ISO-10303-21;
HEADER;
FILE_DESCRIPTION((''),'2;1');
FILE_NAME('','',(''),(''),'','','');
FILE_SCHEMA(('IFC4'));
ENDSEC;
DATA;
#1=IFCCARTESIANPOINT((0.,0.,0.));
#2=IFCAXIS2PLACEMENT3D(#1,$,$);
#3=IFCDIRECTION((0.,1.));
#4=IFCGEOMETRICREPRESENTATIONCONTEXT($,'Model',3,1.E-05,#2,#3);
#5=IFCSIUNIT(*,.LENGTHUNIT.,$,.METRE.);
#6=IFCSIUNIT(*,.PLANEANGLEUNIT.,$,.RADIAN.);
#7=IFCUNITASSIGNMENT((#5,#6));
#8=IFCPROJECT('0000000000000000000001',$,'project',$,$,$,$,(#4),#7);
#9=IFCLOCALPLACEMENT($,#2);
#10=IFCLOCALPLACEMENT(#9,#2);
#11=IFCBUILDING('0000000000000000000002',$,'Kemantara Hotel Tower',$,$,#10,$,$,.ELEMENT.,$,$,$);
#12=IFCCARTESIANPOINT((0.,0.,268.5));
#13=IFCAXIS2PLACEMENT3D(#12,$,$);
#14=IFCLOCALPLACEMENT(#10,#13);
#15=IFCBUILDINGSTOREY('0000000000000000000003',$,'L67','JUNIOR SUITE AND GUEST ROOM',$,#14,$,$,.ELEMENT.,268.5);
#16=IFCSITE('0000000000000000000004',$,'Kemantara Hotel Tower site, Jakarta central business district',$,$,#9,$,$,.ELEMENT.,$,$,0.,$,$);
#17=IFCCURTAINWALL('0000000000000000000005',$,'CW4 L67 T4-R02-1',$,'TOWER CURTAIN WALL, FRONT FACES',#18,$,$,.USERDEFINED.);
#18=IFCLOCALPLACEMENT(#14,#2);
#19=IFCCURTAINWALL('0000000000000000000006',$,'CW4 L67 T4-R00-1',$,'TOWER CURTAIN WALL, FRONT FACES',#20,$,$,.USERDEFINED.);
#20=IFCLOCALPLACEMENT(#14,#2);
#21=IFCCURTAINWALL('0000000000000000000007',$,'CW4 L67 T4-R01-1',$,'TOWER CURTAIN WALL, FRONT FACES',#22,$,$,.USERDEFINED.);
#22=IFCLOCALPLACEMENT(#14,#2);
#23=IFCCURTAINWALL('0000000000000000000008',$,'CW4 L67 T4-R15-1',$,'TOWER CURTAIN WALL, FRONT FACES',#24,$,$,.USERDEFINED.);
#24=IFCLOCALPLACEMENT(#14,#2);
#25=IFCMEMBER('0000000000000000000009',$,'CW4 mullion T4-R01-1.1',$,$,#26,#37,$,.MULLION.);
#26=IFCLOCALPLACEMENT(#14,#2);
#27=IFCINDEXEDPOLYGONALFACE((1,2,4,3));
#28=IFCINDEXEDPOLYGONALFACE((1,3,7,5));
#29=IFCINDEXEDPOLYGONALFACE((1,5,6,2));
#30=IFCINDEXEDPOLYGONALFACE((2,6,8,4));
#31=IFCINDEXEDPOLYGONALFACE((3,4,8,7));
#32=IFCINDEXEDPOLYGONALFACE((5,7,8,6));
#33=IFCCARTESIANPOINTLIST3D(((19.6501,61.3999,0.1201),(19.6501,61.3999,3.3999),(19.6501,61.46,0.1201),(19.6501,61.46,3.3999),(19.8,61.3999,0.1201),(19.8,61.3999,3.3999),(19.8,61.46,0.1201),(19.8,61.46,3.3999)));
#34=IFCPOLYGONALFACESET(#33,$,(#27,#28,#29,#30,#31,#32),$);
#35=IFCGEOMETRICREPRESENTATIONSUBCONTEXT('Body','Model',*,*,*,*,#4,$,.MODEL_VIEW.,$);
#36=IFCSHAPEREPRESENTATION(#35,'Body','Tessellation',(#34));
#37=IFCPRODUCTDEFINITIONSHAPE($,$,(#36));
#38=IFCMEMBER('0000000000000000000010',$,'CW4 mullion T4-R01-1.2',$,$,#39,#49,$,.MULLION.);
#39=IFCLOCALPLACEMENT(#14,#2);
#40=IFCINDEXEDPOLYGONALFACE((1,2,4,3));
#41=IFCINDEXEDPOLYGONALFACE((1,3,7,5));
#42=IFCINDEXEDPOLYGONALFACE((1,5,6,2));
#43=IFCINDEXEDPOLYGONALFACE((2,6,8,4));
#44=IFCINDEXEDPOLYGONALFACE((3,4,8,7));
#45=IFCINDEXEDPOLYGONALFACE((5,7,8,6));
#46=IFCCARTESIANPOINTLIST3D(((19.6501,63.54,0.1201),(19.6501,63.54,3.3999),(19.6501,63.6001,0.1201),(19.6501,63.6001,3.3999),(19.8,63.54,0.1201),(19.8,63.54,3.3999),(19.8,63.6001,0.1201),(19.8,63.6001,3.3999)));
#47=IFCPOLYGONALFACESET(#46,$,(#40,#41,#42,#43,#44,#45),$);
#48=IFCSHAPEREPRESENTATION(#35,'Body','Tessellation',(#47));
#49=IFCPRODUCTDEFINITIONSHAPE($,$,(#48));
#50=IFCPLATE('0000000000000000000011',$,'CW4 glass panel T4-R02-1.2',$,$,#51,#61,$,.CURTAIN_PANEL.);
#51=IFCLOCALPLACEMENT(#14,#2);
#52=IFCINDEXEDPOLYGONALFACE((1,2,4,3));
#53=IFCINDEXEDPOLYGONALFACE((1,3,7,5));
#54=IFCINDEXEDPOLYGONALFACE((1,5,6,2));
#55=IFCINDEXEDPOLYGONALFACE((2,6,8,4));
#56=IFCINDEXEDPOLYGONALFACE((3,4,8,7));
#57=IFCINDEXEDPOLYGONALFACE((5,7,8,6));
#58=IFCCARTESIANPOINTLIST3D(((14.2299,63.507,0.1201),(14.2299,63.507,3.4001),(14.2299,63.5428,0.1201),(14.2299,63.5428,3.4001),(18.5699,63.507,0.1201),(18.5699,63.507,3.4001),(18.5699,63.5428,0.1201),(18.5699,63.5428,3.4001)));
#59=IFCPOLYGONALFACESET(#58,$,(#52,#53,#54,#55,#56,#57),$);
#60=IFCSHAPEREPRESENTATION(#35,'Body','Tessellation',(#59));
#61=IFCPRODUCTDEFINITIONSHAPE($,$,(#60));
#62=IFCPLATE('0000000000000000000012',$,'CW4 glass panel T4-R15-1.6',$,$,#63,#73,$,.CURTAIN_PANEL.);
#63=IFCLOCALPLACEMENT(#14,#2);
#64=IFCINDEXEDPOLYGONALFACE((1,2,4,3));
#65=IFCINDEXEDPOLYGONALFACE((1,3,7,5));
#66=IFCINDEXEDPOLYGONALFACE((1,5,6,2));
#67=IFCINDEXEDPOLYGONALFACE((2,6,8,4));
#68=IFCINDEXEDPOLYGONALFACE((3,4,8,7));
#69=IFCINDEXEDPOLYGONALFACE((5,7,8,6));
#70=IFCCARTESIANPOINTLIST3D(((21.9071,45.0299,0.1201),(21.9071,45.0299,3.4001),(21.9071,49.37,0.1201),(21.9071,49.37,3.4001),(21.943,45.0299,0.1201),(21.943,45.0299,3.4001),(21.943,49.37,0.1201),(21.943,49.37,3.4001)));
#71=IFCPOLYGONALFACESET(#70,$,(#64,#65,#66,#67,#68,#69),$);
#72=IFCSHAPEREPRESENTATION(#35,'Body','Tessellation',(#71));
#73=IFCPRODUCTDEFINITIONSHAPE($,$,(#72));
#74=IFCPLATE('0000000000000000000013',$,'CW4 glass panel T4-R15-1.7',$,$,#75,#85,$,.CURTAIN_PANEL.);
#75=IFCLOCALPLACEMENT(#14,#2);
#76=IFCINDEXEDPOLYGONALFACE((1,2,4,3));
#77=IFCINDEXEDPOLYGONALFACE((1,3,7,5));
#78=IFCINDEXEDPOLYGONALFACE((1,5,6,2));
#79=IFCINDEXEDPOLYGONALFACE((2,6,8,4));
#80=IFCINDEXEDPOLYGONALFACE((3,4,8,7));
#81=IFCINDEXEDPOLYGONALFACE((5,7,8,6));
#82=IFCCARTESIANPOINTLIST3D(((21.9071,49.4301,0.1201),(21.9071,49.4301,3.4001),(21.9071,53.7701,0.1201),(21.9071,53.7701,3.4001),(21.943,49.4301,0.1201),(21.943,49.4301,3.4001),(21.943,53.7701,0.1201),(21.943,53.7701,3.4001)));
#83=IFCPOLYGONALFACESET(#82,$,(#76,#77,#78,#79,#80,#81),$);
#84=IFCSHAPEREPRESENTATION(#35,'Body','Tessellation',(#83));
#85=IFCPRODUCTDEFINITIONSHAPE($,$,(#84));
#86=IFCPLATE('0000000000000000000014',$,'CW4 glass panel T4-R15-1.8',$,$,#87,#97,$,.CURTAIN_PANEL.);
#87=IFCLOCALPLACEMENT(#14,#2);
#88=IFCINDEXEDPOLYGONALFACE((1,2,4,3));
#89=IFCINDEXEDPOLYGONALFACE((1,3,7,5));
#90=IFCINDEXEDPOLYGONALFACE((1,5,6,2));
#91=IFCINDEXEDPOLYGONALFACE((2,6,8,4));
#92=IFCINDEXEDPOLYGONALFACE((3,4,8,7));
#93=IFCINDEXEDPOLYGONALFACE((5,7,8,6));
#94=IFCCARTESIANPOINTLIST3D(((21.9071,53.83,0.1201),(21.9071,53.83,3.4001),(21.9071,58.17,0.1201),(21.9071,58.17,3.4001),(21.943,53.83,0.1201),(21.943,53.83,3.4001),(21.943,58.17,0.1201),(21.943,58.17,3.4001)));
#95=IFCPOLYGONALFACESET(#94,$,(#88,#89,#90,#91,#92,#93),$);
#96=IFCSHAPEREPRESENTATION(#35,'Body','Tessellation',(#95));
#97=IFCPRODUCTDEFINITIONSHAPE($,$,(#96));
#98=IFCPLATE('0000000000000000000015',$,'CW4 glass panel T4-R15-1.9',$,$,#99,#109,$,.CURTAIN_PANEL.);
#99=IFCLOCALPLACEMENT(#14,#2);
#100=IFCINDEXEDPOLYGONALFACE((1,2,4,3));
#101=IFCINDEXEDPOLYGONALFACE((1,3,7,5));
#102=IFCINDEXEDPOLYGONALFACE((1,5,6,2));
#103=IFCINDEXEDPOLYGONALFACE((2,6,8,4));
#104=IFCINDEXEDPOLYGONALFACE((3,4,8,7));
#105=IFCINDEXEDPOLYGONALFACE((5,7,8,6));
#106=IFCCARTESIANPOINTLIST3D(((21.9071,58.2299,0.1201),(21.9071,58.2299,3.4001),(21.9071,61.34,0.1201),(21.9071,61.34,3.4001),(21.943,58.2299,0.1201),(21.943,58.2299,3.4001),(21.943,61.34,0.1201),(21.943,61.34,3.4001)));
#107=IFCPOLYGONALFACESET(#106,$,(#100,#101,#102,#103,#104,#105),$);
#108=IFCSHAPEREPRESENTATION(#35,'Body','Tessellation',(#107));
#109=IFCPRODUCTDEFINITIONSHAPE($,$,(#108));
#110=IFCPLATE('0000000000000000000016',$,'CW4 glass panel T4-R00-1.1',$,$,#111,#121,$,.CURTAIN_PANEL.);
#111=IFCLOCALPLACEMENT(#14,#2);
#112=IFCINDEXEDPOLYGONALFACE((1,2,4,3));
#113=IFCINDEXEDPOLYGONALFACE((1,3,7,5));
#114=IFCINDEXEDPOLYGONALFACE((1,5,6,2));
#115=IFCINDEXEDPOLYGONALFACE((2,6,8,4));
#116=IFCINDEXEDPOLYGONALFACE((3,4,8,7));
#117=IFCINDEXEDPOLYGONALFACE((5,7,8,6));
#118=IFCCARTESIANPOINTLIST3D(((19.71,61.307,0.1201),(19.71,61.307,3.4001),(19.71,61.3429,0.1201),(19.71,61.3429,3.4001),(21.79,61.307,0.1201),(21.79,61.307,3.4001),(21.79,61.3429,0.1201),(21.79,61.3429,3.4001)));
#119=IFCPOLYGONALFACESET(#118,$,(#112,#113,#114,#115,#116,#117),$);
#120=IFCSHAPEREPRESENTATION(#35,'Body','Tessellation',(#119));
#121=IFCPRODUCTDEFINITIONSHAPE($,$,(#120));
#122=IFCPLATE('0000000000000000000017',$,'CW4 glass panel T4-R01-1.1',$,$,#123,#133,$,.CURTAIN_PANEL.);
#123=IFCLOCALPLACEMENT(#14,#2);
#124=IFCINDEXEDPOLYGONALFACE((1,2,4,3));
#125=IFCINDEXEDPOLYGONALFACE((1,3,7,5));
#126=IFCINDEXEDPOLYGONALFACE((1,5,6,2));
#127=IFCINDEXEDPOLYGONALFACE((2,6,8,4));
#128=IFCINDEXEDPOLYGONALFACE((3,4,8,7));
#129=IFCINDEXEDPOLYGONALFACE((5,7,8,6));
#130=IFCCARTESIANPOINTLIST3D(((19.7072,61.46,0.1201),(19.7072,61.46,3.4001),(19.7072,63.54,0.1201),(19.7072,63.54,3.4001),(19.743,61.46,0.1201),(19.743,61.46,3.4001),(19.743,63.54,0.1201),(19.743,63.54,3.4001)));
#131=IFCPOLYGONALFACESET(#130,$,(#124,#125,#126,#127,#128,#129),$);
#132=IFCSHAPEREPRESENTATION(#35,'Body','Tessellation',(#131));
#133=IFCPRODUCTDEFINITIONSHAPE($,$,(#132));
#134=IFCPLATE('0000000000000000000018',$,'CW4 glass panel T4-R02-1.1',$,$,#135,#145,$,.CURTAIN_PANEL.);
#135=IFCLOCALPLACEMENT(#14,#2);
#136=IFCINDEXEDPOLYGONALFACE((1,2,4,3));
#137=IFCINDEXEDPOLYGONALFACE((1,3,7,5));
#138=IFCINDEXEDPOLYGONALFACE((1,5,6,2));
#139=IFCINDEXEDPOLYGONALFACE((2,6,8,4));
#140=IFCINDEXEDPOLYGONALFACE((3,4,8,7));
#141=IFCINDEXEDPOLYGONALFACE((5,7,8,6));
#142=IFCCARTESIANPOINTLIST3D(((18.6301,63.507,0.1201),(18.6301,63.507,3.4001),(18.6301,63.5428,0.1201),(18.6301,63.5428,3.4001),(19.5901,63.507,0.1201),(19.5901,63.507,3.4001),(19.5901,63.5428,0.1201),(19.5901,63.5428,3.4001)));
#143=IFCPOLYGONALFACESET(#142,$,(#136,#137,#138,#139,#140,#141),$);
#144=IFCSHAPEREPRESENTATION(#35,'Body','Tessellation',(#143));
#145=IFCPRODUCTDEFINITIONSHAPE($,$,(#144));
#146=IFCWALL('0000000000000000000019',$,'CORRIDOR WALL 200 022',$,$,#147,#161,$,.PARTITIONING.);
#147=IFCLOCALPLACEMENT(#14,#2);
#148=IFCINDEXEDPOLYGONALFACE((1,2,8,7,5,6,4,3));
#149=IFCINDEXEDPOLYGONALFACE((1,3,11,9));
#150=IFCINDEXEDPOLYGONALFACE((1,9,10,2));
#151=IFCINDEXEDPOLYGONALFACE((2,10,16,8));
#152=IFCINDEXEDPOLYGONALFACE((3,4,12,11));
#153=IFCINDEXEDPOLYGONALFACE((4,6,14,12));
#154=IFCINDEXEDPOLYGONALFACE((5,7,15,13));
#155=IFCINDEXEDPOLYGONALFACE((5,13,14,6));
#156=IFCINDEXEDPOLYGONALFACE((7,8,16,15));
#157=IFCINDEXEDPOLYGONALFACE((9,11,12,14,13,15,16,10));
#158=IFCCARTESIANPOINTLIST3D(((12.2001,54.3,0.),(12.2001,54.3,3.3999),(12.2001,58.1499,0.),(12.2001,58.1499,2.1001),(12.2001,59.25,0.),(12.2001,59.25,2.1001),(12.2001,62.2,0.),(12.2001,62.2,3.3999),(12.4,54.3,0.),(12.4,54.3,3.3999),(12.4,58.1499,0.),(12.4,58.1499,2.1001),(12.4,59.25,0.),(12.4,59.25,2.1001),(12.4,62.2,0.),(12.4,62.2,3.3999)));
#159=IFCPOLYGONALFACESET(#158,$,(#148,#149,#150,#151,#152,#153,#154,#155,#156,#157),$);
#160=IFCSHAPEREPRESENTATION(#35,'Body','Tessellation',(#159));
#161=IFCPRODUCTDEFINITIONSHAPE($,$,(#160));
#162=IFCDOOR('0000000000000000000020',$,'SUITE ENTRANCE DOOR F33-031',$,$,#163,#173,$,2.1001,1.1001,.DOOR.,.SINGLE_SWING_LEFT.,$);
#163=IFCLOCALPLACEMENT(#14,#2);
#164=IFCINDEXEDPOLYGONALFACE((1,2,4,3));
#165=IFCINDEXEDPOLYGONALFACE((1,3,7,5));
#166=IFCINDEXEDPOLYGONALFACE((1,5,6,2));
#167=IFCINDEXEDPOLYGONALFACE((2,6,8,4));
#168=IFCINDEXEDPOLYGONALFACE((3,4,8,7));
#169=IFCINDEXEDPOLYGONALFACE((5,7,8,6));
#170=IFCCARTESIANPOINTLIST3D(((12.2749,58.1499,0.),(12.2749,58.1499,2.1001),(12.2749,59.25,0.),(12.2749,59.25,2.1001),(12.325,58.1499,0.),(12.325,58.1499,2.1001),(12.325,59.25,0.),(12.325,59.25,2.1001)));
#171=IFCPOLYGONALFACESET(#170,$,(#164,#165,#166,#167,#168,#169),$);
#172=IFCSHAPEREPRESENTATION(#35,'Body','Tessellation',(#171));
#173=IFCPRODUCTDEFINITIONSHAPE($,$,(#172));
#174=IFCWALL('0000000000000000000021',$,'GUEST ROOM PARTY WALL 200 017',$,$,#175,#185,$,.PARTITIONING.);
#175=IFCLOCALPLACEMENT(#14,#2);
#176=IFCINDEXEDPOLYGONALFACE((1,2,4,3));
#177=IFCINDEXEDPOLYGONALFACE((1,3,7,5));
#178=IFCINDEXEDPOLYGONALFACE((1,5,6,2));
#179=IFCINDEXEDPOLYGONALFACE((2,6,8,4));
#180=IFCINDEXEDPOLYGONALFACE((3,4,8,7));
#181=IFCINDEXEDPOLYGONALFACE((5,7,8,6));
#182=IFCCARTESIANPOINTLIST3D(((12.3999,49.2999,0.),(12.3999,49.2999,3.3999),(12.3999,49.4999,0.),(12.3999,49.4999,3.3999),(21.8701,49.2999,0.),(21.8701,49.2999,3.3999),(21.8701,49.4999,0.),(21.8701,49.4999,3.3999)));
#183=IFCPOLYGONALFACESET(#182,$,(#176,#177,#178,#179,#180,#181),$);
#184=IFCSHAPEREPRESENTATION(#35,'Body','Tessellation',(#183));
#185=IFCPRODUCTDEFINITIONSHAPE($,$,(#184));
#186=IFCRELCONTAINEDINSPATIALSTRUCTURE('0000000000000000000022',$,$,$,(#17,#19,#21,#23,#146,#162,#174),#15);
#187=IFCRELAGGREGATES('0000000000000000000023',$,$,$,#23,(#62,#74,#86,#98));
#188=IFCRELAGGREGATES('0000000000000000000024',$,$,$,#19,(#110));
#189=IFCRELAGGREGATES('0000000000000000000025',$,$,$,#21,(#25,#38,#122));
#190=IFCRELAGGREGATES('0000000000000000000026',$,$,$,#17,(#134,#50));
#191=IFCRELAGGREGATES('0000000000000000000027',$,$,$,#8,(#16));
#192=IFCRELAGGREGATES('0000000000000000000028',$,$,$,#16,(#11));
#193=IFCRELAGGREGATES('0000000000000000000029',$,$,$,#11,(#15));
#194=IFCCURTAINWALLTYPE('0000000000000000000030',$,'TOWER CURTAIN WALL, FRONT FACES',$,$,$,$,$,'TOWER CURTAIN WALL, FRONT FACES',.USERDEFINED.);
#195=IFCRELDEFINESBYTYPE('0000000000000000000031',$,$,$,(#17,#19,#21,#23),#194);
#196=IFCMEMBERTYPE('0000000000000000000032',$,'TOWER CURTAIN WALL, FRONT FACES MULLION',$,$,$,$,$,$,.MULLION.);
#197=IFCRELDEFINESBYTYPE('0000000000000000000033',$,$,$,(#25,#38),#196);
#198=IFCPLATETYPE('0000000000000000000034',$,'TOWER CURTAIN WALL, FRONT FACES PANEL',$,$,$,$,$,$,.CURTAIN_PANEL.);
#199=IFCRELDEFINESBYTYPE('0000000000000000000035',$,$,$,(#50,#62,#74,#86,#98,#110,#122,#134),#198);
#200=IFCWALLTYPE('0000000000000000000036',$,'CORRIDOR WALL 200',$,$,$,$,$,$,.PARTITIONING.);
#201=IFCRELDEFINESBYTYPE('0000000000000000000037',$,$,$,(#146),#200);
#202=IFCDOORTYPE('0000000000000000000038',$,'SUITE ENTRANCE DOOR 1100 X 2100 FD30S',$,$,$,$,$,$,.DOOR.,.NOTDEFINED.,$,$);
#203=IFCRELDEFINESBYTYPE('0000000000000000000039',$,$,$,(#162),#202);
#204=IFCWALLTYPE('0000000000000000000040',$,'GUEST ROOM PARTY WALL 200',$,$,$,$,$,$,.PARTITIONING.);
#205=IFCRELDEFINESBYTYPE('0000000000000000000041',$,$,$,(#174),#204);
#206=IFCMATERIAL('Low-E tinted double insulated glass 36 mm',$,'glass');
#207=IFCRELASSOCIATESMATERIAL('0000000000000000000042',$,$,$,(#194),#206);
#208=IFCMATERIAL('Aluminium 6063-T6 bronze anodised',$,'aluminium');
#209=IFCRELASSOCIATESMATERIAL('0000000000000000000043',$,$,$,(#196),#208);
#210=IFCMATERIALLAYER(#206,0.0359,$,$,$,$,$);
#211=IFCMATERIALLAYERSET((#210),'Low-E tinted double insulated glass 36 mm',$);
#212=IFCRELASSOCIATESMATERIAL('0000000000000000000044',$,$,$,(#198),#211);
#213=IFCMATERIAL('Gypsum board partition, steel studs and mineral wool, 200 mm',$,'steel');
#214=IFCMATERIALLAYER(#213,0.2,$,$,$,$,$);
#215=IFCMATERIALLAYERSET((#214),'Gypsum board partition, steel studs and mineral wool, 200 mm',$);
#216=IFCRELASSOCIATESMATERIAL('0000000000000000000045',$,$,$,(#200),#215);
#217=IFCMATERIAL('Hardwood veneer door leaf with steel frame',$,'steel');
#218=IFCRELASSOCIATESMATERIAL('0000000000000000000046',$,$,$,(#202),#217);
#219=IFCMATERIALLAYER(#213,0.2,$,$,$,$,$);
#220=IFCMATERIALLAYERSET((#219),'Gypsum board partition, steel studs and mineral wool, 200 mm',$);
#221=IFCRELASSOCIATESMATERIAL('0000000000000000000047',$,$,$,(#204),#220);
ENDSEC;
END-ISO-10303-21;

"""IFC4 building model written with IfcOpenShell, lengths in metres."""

from ifc_helpers import new_model, si_unit, direction, frame, frame_2d, origin, origin_2d, place, context, subcontext, project, spatial, rectangle, extrude, source, transform, mapped, material, layer, layer_set, material_profile, profile_set, type_object, element, fill, aggregate, save


model = new_model("IFC4")

# Units and contexts
model_context = context("Model", 3, precision=1e-05, world=origin(), true_north=direction((0.0, 1.0)))
body_context = subcontext(model_context, "Body", "Model", "MODEL_VIEW")
ifc_project = project(units=[si_unit("LENGTHUNIT", "METRE"), si_unit("PLANEANGLEUNIT", "RADIAN")], contexts=[model_context])

# Site, building, storey
site_placement = place(None, origin())
site = spatial("IfcSite", under=ifc_project, at=site_placement, Name="Kemantara Hotel Tower site, Jakarta central business district", CompositionType="ELEMENT", RefElevation=0.0)
building_placement = place(site_placement, origin())
building = spatial("IfcBuilding", under=site, at=building_placement, Name="Kemantara Hotel Tower", CompositionType="ELEMENT")
storey_placement = place(building_placement, frame((0.0, 0.0, 268.5)))
storey = spatial("IfcBuildingStorey", under=building, at=storey_placement, Name="L67", Description="JUNIOR SUITE AND GUEST ROOM", CompositionType="ELEMENT", Elevation=268.5)

# Curtain walls
ifc_material_1 = material(Name="Low-E tinted double insulated glass 36 mm", Category="glass")
curtain_wall_type = type_object("IfcCurtainWallType", Name="TOWER CURTAIN WALL, FRONT FACES", ElementType="TOWER CURTAIN WALL, FRONT FACES", PredefinedType="USERDEFINED", material=ifc_material_1)
curtain_wall_1_placement = place(storey_placement, origin())
curtain_wall_1 = element("IfcCurtainWall", 1, at=curtain_wall_1_placement, inside=storey, type_object=curtain_wall_type, Name="CW4 L67 T4-R02-1", ObjectType="TOWER CURTAIN WALL, FRONT FACES", PredefinedType="USERDEFINED")
ifc_material_2 = material(Name="Aluminium 6063-T6 bronze anodised", Category="aluminium")
curtain_wall_2_placement = place(storey_placement, origin())
curtain_wall_2 = element("IfcCurtainWall", 2, at=curtain_wall_2_placement, inside=storey, type_object=curtain_wall_type, Name="CW4 L67 T4-R00-1", ObjectType="TOWER CURTAIN WALL, FRONT FACES", PredefinedType="USERDEFINED")
curtain_wall_3_placement = place(storey_placement, origin())
curtain_wall_3 = element("IfcCurtainWall", 3, at=curtain_wall_3_placement, inside=storey, type_object=curtain_wall_type, Name="CW4 L67 T4-R01-1", ObjectType="TOWER CURTAIN WALL, FRONT FACES", PredefinedType="USERDEFINED")

# Shared definitions
ifc_material_profile_1 = material_profile(ifc_material_2, rectangle(XDim=0.1499, YDim=0.0601, at=origin_2d()), Name="TOWER CURTAIN WALL, FRONT FACES MULLION")
ifc_profile_set_1 = profile_set([ifc_material_profile_1], Name="Aluminium 6063-T6 bronze anodised")
member_type_1 = type_object("IfcMemberType", Name="TOWER CURTAIN WALL, FRONT FACES MULLION", PredefinedType="MULLION", material=ifc_profile_set_1)
shared_shape_1 = source(origin(), body_context, "Body", "SweptSolid", [
    extrude(rectangle(XDim=0.1499, YDim=0.0601, at=origin_2d()), origin(), (0.0, 0.0, 1.0), 3.2798),
])

# Curtain wall
curtain_wall_4_placement = place(storey_placement, origin())
curtain_wall_4 = element("IfcCurtainWall", 4, at=curtain_wall_4_placement, inside=storey, type_object=curtain_wall_type, Name="CW4 L67 T4-R15-1", ObjectType="TOWER CURTAIN WALL, FRONT FACES", PredefinedType="USERDEFINED")

# Members
member_1_placement = place(storey_placement, frame((19.7251, 61.4299, 0.1201), z_axis=(0.0, 0.0, 1.0), x_axis=(-1.0, 0.0, 0.0)))
member_1 = element("IfcMember", 5, at=member_1_placement, type_object=member_type_1, Name="CW4 mullion T4-R01-1.1", PredefinedType="MULLION", context=body_context, shape_type="MappedRepresentation", body=[
    mapped(shared_shape_1, transform((0.0, 0.0, 0.0))),
])
member_2_placement = place(storey_placement, frame((19.7251, 63.5701, 0.1201), z_axis=(0.0, 0.0, 1.0), x_axis=(-1.0, 0.0, 0.0)))
member_2 = element("IfcMember", 6, at=member_2_placement, type_object=member_type_1, Name="CW4 mullion T4-R01-1.2", PredefinedType="MULLION", context=body_context, shape_type="MappedRepresentation", body=[
    mapped(shared_shape_1, transform((0.0, 0.0, 0.0))),
])

# Plates
ifc_layer_1 = layer(ifc_material_1, 0.0359)
ifc_layer_set_1 = layer_set([ifc_layer_1], Name="Low-E tinted double insulated glass 36 mm")
plate_type = type_object("IfcPlateType", Name="TOWER CURTAIN WALL, FRONT FACES PANEL", PredefinedType="CURTAIN_PANEL", material=ifc_layer_set_1)
shared_shape_2 = source(origin(), body_context, "Body", "SweptSolid", [
    extrude(rectangle(XDim=4.3401, YDim=0.0359, at=origin_2d()), origin(), (0.0, 0.0, 1.0), 3.28),
])
plate_1_placement = place(storey_placement, frame((16.3999, 63.5249, 0.1201), z_axis=(0.0, 0.0, 1.0), x_axis=(-1.0, 0.0, 0.0)))
plate_1 = element("IfcPlate", 7, at=plate_1_placement, type_object=plate_type, Name="CW4 glass panel T4-R02-1.2", PredefinedType="CURTAIN_PANEL", context=body_context, shape_type="MappedRepresentation", body=[
    mapped(shared_shape_2, transform((0.0, 0.0, 0.0))),
])
plate_2_placement = place(storey_placement, frame((21.925, 47.2, 0.1201), z_axis=(0.0, 0.0, 1.0), x_axis=(0.0, 1.0, 0.0)))
plate_2 = element("IfcPlate", 8, at=plate_2_placement, type_object=plate_type, Name="CW4 glass panel T4-R15-1.6", PredefinedType="CURTAIN_PANEL", context=body_context, shape_type="MappedRepresentation", body=[
    mapped(shared_shape_2, transform((0.0, 0.0, 0.0))),
])
plate_3_placement = place(storey_placement, frame((21.925, 51.6001, 0.1201), z_axis=(0.0, 0.0, 1.0), x_axis=(0.0, 1.0, 0.0)))
plate_3 = element("IfcPlate", 9, at=plate_3_placement, type_object=plate_type, Name="CW4 glass panel T4-R15-1.7", PredefinedType="CURTAIN_PANEL", context=body_context, shape_type="MappedRepresentation", body=[
    mapped(shared_shape_2, transform((0.0, 0.0, 0.0))),
])
plate_4_placement = place(storey_placement, frame((21.925, 56.0, 0.1201), z_axis=(0.0, 0.0, 1.0), x_axis=(0.0, 1.0, 0.0)))
plate_4 = element("IfcPlate", 10, at=plate_4_placement, type_object=plate_type, Name="CW4 glass panel T4-R15-1.8", PredefinedType="CURTAIN_PANEL", context=body_context, shape_type="MappedRepresentation", body=[
    mapped(shared_shape_2, transform((0.0, 0.0, 0.0))),
])
shared_shape_3 = source(origin(), body_context, "Body", "SweptSolid", [
    extrude(rectangle(XDim=3.1101, YDim=0.0359, at=origin_2d()), origin(), (0.0, 0.0, 1.0), 3.28),
])
plate_5_placement = place(storey_placement, frame((21.925, 59.7849, 0.1201), z_axis=(0.0, 0.0, 1.0), x_axis=(0.0, 1.0, 0.0)))
plate_5 = element("IfcPlate", 11, at=plate_5_placement, type_object=plate_type, Name="CW4 glass panel T4-R15-1.9", PredefinedType="CURTAIN_PANEL", context=body_context, shape_type="MappedRepresentation", body=[
    mapped(shared_shape_3, transform((0.0, 0.0, 0.0))),
])
aggregate(curtain_wall_4, [plate_2, plate_3, plate_4, plate_5])
shared_shape_4 = source(origin(), body_context, "Body", "SweptSolid", [
    extrude(rectangle(XDim=2.0801, YDim=0.0359, at=origin_2d()), origin(), (0.0, 0.0, 1.0), 3.28),
])
plate_6_placement = place(storey_placement, frame((20.75, 61.325, 0.1201), z_axis=(0.0, 0.0, 1.0), x_axis=(-1.0, 0.0, 0.0)))
plate_6 = element("IfcPlate", 12, at=plate_6_placement, type_object=plate_type, Name="CW4 glass panel T4-R00-1.1", PredefinedType="CURTAIN_PANEL", context=body_context, shape_type="MappedRepresentation", body=[
    mapped(shared_shape_4, transform((0.0, 0.0, 0.0))),
])
aggregate(curtain_wall_2, [plate_6])
plate_7_placement = place(storey_placement, frame((19.7251, 62.5, 0.1201), z_axis=(0.0, 0.0, 1.0), x_axis=(0.0, 1.0, 0.0)))
plate_7 = element("IfcPlate", 13, at=plate_7_placement, type_object=plate_type, Name="CW4 glass panel T4-R01-1.1", PredefinedType="CURTAIN_PANEL", context=body_context, shape_type="MappedRepresentation", body=[
    mapped(shared_shape_4, transform((0.0, 0.0, 0.0))),
])
aggregate(curtain_wall_3, [member_1, member_2, plate_7])
shared_shape_5 = source(origin(), body_context, "Body", "SweptSolid", [
    extrude(rectangle(XDim=0.96, YDim=0.0359, at=origin_2d()), origin(), (0.0, 0.0, 1.0), 3.28),
])
plate_8_placement = place(storey_placement, frame((19.1101, 63.5249, 0.1201), z_axis=(0.0, 0.0, 1.0), x_axis=(-1.0, 0.0, 0.0)))
plate_8 = element("IfcPlate", 14, at=plate_8_placement, type_object=plate_type, Name="CW4 glass panel T4-R02-1.1", PredefinedType="CURTAIN_PANEL", context=body_context, shape_type="MappedRepresentation", body=[
    mapped(shared_shape_5, transform((0.0, 0.0, 0.0))),
])
aggregate(curtain_wall_1, [plate_8, plate_1])

# Wall, opening, door
ifc_material_3 = material(Name="Gypsum board partition, steel studs and mineral wool, 200 mm", Category="steel")
ifc_layer_2 = layer(ifc_material_3, 0.2)
ifc_layer_set_2 = layer_set([ifc_layer_2], Name="Gypsum board partition, steel studs and mineral wool, 200 mm")
wall_type_1 = type_object("IfcWallType", Name="CORRIDOR WALL 200", PredefinedType="PARTITIONING", material=ifc_layer_set_2)
wall_1_placement = place(storey_placement, frame((12.3, 62.2, 0.0), z_axis=(0.0, 0.0, 1.0), x_axis=(0.0, -1.0, 0.0)))
wall_1 = element("IfcWall", 15, at=wall_1_placement, inside=storey, type_object=wall_type_1, Name="CORRIDOR WALL 200 022", PredefinedType="PARTITIONING", context=body_context, shape_type="SweptSolid", body=[
    extrude(rectangle(XDim=7.8999, YDim=0.2, at=frame_2d((3.95, 0.0))), origin(), (0.0, 0.0, 1.0), 3.3999),
])
opening_1_placement = place(wall_1_placement, frame((2.95, 0.0, 0.0)))
opening_1 = element("IfcOpeningElement", 16, at=opening_1_placement, cuts=wall_1, PredefinedType="OPENING", context=body_context, shape_type="SweptSolid", body=[
    extrude(rectangle(XDim=1.1001, YDim=2.1001, at=frame_2d((0.55, 1.05))), frame((0.0, 0.1099, 0.0), z_axis=(0.0, -1.0, 0.0), x_axis=(1.0, 0.0, 0.0)), (0.0, 0.0, 1.0), 0.22),
])
ifc_material_4 = material(Name="Hardwood veneer door leaf with steel frame", Category="steel")
door_type_1 = type_object("IfcDoorType", Name="SUITE ENTRANCE DOOR 1100 X 2100 FD30S", OperationType="NOTDEFINED", PredefinedType="DOOR", material=ifc_material_4)
door_1_placement = place(opening_1_placement, origin())
door_1 = element("IfcDoor", 17, at=door_1_placement, inside=storey, type_object=door_type_1, Name="SUITE ENTRANCE DOOR F33-031", OperationType="SINGLE_SWING_LEFT", OverallHeight=2.1001, OverallWidth=1.1001, PredefinedType="DOOR", context=body_context, shape_type="SweptSolid", body=[
    extrude(rectangle(XDim=1.1001, YDim=2.1001, at=frame_2d((0.55, 1.05))), frame((0.0, 0.0249, 0.0), z_axis=(0.0, -1.0, 0.0), x_axis=(1.0, 0.0, 0.0)), (0.0, 0.0, 1.0), 0.05),
])
fill(opening_1, door_1)

# Wall
ifc_layer_3 = layer(ifc_material_3, 0.2)
ifc_layer_set_3 = layer_set([ifc_layer_3], Name="Gypsum board partition, steel studs and mineral wool, 200 mm")
wall_type_2 = type_object("IfcWallType", Name="GUEST ROOM PARTY WALL 200", PredefinedType="PARTITIONING", material=ifc_layer_set_3)
wall_2_placement = place(storey_placement, frame((12.3999, 49.3999, 0.0), z_axis=(0.0, 0.0, 1.0), x_axis=(1.0, 0.0, 0.0)))
element("IfcWall", 18, at=wall_2_placement, inside=storey, type_object=wall_type_2, Name="GUEST ROOM PARTY WALL 200 017", PredefinedType="PARTITIONING", context=body_context, shape_type="SweptSolid", body=[
    extrude(rectangle(XDim=9.4702, YDim=0.2, at=frame_2d((4.7351, 0.0))), origin(), (0.0, 0.0, 1.0), 3.3999),
])

save(model, "model.ifc")
